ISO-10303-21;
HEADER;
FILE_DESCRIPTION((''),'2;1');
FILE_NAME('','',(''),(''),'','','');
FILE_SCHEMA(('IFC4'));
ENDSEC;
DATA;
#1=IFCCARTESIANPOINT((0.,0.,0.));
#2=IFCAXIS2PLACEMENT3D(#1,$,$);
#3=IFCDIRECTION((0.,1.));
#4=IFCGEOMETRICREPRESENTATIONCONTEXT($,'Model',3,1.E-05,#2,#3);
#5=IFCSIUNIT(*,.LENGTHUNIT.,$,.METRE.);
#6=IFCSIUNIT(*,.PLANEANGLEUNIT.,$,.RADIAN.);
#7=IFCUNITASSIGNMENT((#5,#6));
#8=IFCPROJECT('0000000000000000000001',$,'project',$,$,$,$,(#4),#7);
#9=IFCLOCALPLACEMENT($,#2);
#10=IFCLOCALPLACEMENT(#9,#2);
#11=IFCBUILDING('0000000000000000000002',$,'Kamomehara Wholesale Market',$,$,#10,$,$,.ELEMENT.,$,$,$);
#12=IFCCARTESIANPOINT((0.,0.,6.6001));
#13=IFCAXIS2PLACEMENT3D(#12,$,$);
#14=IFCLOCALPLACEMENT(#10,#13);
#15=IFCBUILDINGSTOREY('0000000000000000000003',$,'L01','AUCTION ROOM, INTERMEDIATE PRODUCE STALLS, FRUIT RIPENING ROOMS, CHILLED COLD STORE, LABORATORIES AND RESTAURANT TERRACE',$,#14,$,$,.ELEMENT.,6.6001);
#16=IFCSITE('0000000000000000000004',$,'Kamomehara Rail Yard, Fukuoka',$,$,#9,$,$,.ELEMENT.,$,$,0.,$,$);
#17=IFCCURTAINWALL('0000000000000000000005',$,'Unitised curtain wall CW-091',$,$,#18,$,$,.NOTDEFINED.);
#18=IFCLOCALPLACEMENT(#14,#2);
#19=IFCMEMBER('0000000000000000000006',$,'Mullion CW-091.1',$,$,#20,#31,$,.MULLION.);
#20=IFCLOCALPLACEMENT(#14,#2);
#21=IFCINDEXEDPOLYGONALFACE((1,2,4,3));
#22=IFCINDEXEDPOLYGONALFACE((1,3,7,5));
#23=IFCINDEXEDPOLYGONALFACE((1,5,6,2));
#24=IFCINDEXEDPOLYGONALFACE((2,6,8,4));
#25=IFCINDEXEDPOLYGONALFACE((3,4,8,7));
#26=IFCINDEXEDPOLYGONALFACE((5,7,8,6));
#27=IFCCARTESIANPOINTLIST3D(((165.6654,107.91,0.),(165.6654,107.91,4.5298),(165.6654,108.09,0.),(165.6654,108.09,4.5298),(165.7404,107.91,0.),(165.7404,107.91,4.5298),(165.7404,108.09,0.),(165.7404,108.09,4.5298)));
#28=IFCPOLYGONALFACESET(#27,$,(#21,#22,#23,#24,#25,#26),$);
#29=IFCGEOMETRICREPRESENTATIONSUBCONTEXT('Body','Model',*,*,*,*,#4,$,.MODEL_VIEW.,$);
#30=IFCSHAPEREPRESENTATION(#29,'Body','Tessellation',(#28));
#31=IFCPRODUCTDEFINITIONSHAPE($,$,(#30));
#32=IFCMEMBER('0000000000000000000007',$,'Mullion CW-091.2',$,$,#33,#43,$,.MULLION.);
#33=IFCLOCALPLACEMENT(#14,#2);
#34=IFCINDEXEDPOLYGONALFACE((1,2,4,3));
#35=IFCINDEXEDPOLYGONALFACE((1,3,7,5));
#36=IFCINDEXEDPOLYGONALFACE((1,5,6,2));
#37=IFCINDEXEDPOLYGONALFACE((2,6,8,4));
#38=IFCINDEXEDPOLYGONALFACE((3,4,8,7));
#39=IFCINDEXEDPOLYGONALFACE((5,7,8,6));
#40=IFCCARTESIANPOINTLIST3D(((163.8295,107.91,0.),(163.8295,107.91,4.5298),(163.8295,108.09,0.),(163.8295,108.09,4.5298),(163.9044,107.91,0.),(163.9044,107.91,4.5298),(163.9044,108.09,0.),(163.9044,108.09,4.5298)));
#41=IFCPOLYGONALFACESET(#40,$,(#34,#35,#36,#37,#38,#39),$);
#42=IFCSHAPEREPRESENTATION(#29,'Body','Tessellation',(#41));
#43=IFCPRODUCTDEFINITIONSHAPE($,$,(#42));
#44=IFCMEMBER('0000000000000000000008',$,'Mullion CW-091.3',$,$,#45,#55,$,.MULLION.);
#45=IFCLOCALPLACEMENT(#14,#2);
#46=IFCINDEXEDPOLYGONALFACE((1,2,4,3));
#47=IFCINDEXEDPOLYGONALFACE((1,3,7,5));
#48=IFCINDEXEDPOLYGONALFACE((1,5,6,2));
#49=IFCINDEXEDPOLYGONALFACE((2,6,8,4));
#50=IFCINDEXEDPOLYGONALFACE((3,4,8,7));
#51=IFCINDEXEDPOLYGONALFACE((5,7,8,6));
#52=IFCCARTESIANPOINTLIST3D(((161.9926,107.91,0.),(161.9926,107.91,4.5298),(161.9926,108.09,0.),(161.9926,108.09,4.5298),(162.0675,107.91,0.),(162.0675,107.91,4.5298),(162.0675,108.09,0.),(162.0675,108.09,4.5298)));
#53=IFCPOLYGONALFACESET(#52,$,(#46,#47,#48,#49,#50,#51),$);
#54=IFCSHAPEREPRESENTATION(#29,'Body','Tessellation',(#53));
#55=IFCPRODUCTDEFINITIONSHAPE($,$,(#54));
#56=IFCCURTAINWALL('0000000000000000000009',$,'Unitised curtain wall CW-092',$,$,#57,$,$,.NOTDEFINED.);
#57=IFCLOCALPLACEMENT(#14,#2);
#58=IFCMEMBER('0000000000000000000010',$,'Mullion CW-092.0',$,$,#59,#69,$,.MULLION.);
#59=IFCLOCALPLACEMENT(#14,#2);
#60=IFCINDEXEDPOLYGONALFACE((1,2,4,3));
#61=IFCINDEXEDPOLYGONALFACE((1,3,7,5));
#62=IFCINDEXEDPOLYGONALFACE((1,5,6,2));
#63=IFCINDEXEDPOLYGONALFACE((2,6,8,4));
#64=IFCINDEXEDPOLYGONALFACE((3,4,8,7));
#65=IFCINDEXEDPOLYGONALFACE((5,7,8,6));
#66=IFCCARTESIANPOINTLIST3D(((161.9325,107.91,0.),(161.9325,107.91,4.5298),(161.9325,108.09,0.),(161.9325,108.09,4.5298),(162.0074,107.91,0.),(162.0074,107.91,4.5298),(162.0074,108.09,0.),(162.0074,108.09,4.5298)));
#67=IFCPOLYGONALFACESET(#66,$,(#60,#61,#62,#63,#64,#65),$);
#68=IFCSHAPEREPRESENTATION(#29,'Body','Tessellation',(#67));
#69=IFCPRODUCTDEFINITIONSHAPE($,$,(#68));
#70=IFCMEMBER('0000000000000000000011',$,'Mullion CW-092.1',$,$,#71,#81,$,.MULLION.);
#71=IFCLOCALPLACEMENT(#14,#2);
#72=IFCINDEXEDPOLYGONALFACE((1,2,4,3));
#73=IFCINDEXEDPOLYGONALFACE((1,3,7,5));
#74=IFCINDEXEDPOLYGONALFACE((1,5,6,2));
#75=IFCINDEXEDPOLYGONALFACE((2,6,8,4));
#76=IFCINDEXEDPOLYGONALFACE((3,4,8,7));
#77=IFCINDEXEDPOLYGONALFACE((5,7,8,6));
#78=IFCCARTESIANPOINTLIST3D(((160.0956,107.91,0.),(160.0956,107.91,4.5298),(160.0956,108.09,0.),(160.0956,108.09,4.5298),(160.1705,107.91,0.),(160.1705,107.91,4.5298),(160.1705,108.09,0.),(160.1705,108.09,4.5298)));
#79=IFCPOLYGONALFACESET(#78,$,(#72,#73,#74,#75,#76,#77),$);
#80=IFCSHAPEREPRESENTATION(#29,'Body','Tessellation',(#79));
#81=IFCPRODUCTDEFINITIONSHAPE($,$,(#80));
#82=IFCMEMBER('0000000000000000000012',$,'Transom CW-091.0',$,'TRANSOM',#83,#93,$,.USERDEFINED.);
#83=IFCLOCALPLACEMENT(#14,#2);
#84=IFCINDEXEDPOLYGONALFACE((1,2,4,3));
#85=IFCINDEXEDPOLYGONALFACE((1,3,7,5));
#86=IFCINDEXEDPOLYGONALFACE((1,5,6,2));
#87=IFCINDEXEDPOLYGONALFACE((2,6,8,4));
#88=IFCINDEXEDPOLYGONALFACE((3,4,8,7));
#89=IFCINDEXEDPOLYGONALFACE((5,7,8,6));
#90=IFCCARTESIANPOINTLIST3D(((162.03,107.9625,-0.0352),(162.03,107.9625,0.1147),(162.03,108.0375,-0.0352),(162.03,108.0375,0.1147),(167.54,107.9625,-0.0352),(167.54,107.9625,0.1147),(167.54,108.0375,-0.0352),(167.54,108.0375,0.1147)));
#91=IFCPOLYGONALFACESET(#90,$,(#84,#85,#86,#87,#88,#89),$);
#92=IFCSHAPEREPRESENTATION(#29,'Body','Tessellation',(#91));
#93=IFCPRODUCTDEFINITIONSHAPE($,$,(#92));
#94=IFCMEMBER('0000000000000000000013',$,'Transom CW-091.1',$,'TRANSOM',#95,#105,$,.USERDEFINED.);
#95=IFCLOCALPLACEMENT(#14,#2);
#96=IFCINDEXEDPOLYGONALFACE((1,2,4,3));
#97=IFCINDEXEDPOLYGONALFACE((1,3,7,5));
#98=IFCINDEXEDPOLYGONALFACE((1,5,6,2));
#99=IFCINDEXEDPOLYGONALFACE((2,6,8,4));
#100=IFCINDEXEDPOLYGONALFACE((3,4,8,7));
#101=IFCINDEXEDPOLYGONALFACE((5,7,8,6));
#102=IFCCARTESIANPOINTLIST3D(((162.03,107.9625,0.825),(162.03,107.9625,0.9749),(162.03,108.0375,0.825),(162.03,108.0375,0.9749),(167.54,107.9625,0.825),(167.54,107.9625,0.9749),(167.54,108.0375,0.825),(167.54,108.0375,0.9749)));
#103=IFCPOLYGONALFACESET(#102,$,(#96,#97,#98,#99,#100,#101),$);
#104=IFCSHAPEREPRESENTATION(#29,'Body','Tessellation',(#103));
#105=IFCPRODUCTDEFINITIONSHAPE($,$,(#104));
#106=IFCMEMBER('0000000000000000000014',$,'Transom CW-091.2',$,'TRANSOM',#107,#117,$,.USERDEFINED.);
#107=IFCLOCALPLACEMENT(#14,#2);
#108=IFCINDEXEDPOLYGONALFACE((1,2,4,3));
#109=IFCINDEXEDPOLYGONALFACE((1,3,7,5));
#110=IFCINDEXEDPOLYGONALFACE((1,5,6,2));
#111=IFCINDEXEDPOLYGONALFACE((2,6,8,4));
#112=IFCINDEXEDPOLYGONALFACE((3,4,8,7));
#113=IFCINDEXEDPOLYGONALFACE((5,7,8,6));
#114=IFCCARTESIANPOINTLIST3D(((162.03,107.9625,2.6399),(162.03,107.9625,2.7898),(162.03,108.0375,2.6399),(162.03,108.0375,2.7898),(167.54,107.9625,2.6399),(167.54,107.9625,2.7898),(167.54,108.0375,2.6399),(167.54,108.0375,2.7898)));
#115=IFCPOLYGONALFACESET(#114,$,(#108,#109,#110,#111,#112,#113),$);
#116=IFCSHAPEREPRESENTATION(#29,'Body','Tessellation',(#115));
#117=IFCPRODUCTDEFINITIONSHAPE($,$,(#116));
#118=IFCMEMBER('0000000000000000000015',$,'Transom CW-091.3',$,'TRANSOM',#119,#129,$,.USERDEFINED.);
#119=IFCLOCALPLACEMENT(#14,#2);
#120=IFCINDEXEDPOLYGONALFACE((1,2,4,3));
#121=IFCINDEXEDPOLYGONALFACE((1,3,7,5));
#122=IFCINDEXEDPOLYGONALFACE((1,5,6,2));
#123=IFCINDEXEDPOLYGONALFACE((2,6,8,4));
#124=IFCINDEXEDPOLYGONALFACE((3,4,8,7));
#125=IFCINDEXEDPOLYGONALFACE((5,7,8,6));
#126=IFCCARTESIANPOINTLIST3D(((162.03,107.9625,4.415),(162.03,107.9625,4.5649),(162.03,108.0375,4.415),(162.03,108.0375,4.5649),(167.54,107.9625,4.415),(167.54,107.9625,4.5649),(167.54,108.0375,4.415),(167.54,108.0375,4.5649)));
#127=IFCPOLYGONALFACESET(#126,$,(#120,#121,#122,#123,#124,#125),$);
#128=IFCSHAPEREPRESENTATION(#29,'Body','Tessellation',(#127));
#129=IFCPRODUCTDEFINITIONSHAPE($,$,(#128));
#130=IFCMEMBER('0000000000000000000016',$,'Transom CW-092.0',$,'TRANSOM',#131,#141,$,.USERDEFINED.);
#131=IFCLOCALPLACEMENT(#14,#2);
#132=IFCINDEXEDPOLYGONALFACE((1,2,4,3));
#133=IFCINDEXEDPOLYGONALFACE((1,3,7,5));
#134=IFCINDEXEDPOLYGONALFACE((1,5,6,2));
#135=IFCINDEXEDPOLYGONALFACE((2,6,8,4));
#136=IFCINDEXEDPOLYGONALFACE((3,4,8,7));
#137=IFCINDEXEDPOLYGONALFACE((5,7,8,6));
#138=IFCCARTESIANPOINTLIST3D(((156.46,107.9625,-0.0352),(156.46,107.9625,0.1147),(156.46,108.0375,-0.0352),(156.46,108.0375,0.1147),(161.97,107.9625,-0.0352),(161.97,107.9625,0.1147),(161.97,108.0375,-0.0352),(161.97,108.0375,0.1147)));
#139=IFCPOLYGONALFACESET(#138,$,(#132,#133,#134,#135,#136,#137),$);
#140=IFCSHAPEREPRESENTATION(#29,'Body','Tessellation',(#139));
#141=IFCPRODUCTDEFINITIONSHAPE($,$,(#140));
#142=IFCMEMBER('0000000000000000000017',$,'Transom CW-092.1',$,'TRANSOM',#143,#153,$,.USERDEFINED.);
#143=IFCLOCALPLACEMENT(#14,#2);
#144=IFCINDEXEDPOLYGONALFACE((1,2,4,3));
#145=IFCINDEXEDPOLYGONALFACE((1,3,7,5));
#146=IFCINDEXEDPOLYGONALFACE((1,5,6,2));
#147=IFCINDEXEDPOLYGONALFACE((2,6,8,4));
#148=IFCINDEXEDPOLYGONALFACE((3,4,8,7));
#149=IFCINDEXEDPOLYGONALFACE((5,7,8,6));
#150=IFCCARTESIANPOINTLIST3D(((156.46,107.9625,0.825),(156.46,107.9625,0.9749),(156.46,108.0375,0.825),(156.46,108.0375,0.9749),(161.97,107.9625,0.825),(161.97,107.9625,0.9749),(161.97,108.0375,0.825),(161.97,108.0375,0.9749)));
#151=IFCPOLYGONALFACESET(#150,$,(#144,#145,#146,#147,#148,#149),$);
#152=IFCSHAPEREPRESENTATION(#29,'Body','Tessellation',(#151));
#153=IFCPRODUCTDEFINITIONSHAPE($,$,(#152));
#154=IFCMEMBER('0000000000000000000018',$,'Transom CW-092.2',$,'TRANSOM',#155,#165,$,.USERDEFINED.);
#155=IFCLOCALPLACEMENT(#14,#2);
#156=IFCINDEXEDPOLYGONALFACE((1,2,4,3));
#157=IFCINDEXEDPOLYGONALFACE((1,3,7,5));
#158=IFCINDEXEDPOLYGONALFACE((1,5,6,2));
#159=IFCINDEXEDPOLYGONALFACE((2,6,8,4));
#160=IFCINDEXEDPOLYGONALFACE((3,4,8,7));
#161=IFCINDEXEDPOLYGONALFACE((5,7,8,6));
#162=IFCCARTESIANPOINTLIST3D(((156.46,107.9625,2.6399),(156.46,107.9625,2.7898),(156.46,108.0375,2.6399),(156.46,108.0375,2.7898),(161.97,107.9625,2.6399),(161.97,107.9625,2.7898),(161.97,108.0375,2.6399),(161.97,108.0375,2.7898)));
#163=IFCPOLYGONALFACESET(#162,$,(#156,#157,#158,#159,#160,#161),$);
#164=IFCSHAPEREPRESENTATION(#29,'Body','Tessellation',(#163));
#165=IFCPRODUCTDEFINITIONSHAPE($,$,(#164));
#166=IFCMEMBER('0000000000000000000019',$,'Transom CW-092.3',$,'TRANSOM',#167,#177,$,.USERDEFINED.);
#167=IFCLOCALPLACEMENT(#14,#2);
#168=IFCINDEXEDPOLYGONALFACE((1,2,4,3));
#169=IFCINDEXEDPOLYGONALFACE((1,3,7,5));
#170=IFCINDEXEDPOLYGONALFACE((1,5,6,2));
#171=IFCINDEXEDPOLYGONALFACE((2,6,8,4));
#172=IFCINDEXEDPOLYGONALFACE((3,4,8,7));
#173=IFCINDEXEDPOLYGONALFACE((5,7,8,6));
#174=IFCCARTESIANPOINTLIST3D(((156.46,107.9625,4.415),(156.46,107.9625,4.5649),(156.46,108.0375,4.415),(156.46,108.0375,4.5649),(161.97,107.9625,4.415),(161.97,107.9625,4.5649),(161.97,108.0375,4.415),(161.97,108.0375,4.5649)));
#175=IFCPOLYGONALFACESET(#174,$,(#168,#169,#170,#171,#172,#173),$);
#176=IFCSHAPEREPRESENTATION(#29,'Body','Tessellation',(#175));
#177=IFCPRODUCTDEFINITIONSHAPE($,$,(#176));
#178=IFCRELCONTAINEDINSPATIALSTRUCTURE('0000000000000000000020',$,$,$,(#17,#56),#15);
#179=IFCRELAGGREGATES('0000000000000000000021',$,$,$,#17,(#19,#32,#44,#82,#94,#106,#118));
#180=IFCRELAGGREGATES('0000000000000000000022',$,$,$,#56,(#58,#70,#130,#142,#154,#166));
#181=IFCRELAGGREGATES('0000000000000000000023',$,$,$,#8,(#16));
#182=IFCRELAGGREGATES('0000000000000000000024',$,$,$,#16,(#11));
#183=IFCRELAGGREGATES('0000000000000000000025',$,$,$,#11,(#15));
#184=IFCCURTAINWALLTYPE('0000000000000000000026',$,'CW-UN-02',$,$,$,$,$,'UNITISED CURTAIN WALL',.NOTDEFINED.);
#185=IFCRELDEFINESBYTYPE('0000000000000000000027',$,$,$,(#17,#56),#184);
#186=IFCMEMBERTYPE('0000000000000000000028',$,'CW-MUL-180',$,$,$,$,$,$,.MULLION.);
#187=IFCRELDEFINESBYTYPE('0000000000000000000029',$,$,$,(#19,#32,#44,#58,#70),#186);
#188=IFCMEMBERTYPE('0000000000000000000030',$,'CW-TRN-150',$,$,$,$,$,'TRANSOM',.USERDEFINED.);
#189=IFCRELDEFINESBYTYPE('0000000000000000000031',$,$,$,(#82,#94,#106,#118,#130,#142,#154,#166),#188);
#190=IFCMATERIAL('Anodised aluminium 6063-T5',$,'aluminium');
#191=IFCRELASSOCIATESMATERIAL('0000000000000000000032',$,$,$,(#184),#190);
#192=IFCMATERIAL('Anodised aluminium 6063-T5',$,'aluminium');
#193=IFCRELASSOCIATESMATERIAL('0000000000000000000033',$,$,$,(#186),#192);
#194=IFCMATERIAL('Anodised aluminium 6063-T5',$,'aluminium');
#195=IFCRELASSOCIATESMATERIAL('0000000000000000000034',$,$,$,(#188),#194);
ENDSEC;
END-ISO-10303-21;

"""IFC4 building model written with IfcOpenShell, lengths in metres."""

from ifc_helpers import new_model, si_unit, direction, frame, origin, origin_2d, place, context, subcontext, project, spatial, rectangle, extrude, material, material_profile, profile_set, type_object, element, aggregate, save


model = new_model("IFC4")

# Units and contexts
model_context = context("Model", 3, precision=1e-05, world=origin(), true_north=direction((0.0, 1.0)))
body_context = subcontext(model_context, "Body", "Model", "MODEL_VIEW")
ifc_project = project(units=[si_unit("LENGTHUNIT", "METRE"), si_unit("PLANEANGLEUNIT", "RADIAN")], contexts=[model_context])

# Site, building, storey
site_placement = place(None, origin())
site = spatial("IfcSite", under=ifc_project, at=site_placement, Name="Kamomehara Rail Yard, Fukuoka", CompositionType="ELEMENT", RefElevation=0.0)
building_placement = place(site_placement, origin())
building = spatial("IfcBuilding", under=site, at=building_placement, Name="Kamomehara Wholesale Market", CompositionType="ELEMENT")
storey_placement = place(building_placement, frame((0.0, 0.0, 6.6001)))
storey = spatial("IfcBuildingStorey", under=building, at=storey_placement, Name="L01", Description="AUCTION ROOM, INTERMEDIATE PRODUCE STALLS, FRUIT RIPENING ROOMS, CHILLED COLD STORE, LABORATORIES AND RESTAURANT TERRACE", CompositionType="ELEMENT", Elevation=6.6001)

# Curtain walls, members
ifc_material_1 = material(Name="Anodised aluminium 6063-T5", Category="aluminium")
curtain_wall_type = type_object("IfcCurtainWallType", Name="CW-UN-02", ElementType="UNITISED CURTAIN WALL", PredefinedType="NOTDEFINED", material=ifc_material_1)
curtain_wall_1_placement = place(storey_placement, origin())
curtain_wall_1 = element("IfcCurtainWall", 1, at=curtain_wall_1_placement, inside=storey, type_object=curtain_wall_type, Name="Unitised curtain wall CW-091", PredefinedType="NOTDEFINED")
ifc_material_2 = material(Name="Anodised aluminium 6063-T5", Category="aluminium")
ifc_material_profile_1 = material_profile(ifc_material_2, rectangle(XDim=0.075, YDim=0.1799, at=origin_2d()), Name="ALU-MUL-75x180")
ifc_profile_set_1 = profile_set([ifc_material_profile_1], Name="Anodised aluminium 6063-T5")
member_type_1 = type_object("IfcMemberType", Name="CW-MUL-180", PredefinedType="MULLION", material=ifc_profile_set_1)
member_1_placement = place(storey_placement, frame((165.7029, 108.0, 0.0), z_axis=(0.0, 0.0, 1.0), x_axis=(-1.0, 0.0, 0.0)))
member_1 = element("IfcMember", 2, at=member_1_placement, type_object=member_type_1, Name="Mullion CW-091.1", PredefinedType="MULLION", context=body_context, shape_type="SweptSolid", body=[
    extrude(rectangle(XDim=0.075, YDim=0.1799, at=origin_2d()), origin(), (0.0, 0.0, 1.0), 4.5298),
])
member_2_placement = place(storey_placement, frame((163.8669, 108.0, 0.0), z_axis=(0.0, 0.0, 1.0), x_axis=(-1.0, 0.0, 0.0)))
member_2 = element("IfcMember", 3, at=member_2_placement, type_object=member_type_1, Name="Mullion CW-091.2", PredefinedType="MULLION", context=body_context, shape_type="SweptSolid", body=[
    extrude(rectangle(XDim=0.075, YDim=0.1799, at=origin_2d()), origin(), (0.0, 0.0, 1.0), 4.5298),
])
member_3_placement = place(storey_placement, frame((162.03, 108.0, 0.0), z_axis=(0.0, 0.0, 1.0), x_axis=(-1.0, 0.0, 0.0)))
member_3 = element("IfcMember", 4, at=member_3_placement, type_object=member_type_1, Name="Mullion CW-091.3", PredefinedType="MULLION", context=body_context, shape_type="SweptSolid", body=[
    extrude(rectangle(XDim=0.075, YDim=0.1799, at=origin_2d()), origin(), (0.0, 0.0, 1.0), 4.5298),
])
curtain_wall_2_placement = place(storey_placement, origin())
curtain_wall_2 = element("IfcCurtainWall", 5, at=curtain_wall_2_placement, inside=storey, type_object=curtain_wall_type, Name="Unitised curtain wall CW-092", PredefinedType="NOTDEFINED")
member_4_placement = place(storey_placement, frame((161.97, 108.0, 0.0), z_axis=(0.0, 0.0, 1.0), x_axis=(-1.0, 0.0, 0.0)))
member_4 = element("IfcMember", 6, at=member_4_placement, type_object=member_type_1, Name="Mullion CW-092.0", PredefinedType="MULLION", context=body_context, shape_type="SweptSolid", body=[
    extrude(rectangle(XDim=0.075, YDim=0.1799, at=origin_2d()), origin(), (0.0, 0.0, 1.0), 4.5298),
])
member_5_placement = place(storey_placement, frame((160.1331, 108.0, 0.0), z_axis=(0.0, 0.0, 1.0), x_axis=(-1.0, 0.0, 0.0)))
member_5 = element("IfcMember", 7, at=member_5_placement, type_object=member_type_1, Name="Mullion CW-092.1", PredefinedType="MULLION", context=body_context, shape_type="SweptSolid", body=[
    extrude(rectangle(XDim=0.075, YDim=0.1799, at=origin_2d()), origin(), (0.0, 0.0, 1.0), 4.5298),
])

# Members
ifc_material_3 = material(Name="Anodised aluminium 6063-T5", Category="aluminium")
ifc_material_profile_2 = material_profile(ifc_material_3, rectangle(XDim=0.075, YDim=0.1499, at=origin_2d()), Name="ALU-TRN-75x150")
ifc_profile_set_2 = profile_set([ifc_material_profile_2], Name="Anodised aluminium 6063-T5")
member_type_2 = type_object("IfcMemberType", Name="CW-TRN-150", ElementType="TRANSOM", PredefinedType="USERDEFINED", material=ifc_profile_set_2)
member_6_placement = place(storey_placement, frame((167.54, 108.0, 0.0398), z_axis=(-1.0, 0.0, 0.0), x_axis=(0.0, -1.0, 0.0)))
member_6 = element("IfcMember", 8, at=member_6_placement, type_object=member_type_2, Name="Transom CW-091.0", ObjectType="TRANSOM", PredefinedType="USERDEFINED", context=body_context, shape_type="SweptSolid", body=[
    extrude(rectangle(XDim=0.075, YDim=0.1499, at=origin_2d()), origin(), (0.0, 0.0, 1.0), 5.51),
])
member_7_placement = place(storey_placement, frame((167.54, 108.0, 0.8999), z_axis=(-1.0, 0.0, 0.0), x_axis=(0.0, -1.0, 0.0)))
member_7 = element("IfcMember", 9, at=member_7_placement, type_object=member_type_2, Name="Transom CW-091.1", ObjectType="TRANSOM", PredefinedType="USERDEFINED", context=body_context, shape_type="SweptSolid", body=[
    extrude(rectangle(XDim=0.075, YDim=0.1499, at=origin_2d()), origin(), (0.0, 0.0, 1.0), 5.51),
])
member_8_placement = place(storey_placement, frame((167.54, 108.0, 2.7148), z_axis=(-1.0, 0.0, 0.0), x_axis=(0.0, -1.0, 0.0)))
member_8 = element("IfcMember", 10, at=member_8_placement, type_object=member_type_2, Name="Transom CW-091.2", ObjectType="TRANSOM", PredefinedType="USERDEFINED", context=body_context, shape_type="SweptSolid", body=[
    extrude(rectangle(XDim=0.075, YDim=0.1499, at=origin_2d()), origin(), (0.0, 0.0, 1.0), 5.51),
])
member_9_placement = place(storey_placement, frame((167.54, 108.0, 4.49), z_axis=(-1.0, 0.0, 0.0), x_axis=(0.0, -1.0, 0.0)))
member_9 = element("IfcMember", 11, at=member_9_placement, type_object=member_type_2, Name="Transom CW-091.3", ObjectType="TRANSOM", PredefinedType="USERDEFINED", context=body_context, shape_type="SweptSolid", body=[
    extrude(rectangle(XDim=0.075, YDim=0.1499, at=origin_2d()), origin(), (0.0, 0.0, 1.0), 5.51),
])
aggregate(curtain_wall_1, [member_1, member_2, member_3, member_6, member_7, member_8, member_9])
member_10_placement = place(storey_placement, frame((161.97, 108.0, 0.0398), z_axis=(-1.0, 0.0, 0.0), x_axis=(0.0, -1.0, 0.0)))
member_10 = element("IfcMember", 12, at=member_10_placement, type_object=member_type_2, Name="Transom CW-092.0", ObjectType="TRANSOM", PredefinedType="USERDEFINED", context=body_context, shape_type="SweptSolid", body=[
    extrude(rectangle(XDim=0.075, YDim=0.1499, at=origin_2d()), origin(), (0.0, 0.0, 1.0), 5.51),
])
member_11_placement = place(storey_placement, frame((161.97, 108.0, 0.8999), z_axis=(-1.0, 0.0, 0.0), x_axis=(0.0, -1.0, 0.0)))
member_11 = element("IfcMember", 13, at=member_11_placement, type_object=member_type_2, Name="Transom CW-092.1", ObjectType="TRANSOM", PredefinedType="USERDEFINED", context=body_context, shape_type="SweptSolid", body=[
    extrude(rectangle(XDim=0.075, YDim=0.1499, at=origin_2d()), origin(), (0.0, 0.0, 1.0), 5.51),
])
member_12_placement = place(storey_placement, frame((161.97, 108.0, 2.7148), z_axis=(-1.0, 0.0, 0.0), x_axis=(0.0, -1.0, 0.0)))
member_12 = element("IfcMember", 14, at=member_12_placement, type_object=member_type_2, Name="Transom CW-092.2", ObjectType="TRANSOM", PredefinedType="USERDEFINED", context=body_context, shape_type="SweptSolid", body=[
    extrude(rectangle(XDim=0.075, YDim=0.1499, at=origin_2d()), origin(), (0.0, 0.0, 1.0), 5.51),
])
member_13_placement = place(storey_placement, frame((161.97, 108.0, 4.49), z_axis=(-1.0, 0.0, 0.0), x_axis=(0.0, -1.0, 0.0)))
member_13 = element("IfcMember", 15, at=member_13_placement, type_object=member_type_2, Name="Transom CW-092.3", ObjectType="TRANSOM", PredefinedType="USERDEFINED", context=body_context, shape_type="SweptSolid", body=[
    extrude(rectangle(XDim=0.075, YDim=0.1499, at=origin_2d()), origin(), (0.0, 0.0, 1.0), 5.51),
])
aggregate(curtain_wall_2, [member_4, member_5, member_10, member_11, member_12, member_13])

save(model, "model.ifc")
